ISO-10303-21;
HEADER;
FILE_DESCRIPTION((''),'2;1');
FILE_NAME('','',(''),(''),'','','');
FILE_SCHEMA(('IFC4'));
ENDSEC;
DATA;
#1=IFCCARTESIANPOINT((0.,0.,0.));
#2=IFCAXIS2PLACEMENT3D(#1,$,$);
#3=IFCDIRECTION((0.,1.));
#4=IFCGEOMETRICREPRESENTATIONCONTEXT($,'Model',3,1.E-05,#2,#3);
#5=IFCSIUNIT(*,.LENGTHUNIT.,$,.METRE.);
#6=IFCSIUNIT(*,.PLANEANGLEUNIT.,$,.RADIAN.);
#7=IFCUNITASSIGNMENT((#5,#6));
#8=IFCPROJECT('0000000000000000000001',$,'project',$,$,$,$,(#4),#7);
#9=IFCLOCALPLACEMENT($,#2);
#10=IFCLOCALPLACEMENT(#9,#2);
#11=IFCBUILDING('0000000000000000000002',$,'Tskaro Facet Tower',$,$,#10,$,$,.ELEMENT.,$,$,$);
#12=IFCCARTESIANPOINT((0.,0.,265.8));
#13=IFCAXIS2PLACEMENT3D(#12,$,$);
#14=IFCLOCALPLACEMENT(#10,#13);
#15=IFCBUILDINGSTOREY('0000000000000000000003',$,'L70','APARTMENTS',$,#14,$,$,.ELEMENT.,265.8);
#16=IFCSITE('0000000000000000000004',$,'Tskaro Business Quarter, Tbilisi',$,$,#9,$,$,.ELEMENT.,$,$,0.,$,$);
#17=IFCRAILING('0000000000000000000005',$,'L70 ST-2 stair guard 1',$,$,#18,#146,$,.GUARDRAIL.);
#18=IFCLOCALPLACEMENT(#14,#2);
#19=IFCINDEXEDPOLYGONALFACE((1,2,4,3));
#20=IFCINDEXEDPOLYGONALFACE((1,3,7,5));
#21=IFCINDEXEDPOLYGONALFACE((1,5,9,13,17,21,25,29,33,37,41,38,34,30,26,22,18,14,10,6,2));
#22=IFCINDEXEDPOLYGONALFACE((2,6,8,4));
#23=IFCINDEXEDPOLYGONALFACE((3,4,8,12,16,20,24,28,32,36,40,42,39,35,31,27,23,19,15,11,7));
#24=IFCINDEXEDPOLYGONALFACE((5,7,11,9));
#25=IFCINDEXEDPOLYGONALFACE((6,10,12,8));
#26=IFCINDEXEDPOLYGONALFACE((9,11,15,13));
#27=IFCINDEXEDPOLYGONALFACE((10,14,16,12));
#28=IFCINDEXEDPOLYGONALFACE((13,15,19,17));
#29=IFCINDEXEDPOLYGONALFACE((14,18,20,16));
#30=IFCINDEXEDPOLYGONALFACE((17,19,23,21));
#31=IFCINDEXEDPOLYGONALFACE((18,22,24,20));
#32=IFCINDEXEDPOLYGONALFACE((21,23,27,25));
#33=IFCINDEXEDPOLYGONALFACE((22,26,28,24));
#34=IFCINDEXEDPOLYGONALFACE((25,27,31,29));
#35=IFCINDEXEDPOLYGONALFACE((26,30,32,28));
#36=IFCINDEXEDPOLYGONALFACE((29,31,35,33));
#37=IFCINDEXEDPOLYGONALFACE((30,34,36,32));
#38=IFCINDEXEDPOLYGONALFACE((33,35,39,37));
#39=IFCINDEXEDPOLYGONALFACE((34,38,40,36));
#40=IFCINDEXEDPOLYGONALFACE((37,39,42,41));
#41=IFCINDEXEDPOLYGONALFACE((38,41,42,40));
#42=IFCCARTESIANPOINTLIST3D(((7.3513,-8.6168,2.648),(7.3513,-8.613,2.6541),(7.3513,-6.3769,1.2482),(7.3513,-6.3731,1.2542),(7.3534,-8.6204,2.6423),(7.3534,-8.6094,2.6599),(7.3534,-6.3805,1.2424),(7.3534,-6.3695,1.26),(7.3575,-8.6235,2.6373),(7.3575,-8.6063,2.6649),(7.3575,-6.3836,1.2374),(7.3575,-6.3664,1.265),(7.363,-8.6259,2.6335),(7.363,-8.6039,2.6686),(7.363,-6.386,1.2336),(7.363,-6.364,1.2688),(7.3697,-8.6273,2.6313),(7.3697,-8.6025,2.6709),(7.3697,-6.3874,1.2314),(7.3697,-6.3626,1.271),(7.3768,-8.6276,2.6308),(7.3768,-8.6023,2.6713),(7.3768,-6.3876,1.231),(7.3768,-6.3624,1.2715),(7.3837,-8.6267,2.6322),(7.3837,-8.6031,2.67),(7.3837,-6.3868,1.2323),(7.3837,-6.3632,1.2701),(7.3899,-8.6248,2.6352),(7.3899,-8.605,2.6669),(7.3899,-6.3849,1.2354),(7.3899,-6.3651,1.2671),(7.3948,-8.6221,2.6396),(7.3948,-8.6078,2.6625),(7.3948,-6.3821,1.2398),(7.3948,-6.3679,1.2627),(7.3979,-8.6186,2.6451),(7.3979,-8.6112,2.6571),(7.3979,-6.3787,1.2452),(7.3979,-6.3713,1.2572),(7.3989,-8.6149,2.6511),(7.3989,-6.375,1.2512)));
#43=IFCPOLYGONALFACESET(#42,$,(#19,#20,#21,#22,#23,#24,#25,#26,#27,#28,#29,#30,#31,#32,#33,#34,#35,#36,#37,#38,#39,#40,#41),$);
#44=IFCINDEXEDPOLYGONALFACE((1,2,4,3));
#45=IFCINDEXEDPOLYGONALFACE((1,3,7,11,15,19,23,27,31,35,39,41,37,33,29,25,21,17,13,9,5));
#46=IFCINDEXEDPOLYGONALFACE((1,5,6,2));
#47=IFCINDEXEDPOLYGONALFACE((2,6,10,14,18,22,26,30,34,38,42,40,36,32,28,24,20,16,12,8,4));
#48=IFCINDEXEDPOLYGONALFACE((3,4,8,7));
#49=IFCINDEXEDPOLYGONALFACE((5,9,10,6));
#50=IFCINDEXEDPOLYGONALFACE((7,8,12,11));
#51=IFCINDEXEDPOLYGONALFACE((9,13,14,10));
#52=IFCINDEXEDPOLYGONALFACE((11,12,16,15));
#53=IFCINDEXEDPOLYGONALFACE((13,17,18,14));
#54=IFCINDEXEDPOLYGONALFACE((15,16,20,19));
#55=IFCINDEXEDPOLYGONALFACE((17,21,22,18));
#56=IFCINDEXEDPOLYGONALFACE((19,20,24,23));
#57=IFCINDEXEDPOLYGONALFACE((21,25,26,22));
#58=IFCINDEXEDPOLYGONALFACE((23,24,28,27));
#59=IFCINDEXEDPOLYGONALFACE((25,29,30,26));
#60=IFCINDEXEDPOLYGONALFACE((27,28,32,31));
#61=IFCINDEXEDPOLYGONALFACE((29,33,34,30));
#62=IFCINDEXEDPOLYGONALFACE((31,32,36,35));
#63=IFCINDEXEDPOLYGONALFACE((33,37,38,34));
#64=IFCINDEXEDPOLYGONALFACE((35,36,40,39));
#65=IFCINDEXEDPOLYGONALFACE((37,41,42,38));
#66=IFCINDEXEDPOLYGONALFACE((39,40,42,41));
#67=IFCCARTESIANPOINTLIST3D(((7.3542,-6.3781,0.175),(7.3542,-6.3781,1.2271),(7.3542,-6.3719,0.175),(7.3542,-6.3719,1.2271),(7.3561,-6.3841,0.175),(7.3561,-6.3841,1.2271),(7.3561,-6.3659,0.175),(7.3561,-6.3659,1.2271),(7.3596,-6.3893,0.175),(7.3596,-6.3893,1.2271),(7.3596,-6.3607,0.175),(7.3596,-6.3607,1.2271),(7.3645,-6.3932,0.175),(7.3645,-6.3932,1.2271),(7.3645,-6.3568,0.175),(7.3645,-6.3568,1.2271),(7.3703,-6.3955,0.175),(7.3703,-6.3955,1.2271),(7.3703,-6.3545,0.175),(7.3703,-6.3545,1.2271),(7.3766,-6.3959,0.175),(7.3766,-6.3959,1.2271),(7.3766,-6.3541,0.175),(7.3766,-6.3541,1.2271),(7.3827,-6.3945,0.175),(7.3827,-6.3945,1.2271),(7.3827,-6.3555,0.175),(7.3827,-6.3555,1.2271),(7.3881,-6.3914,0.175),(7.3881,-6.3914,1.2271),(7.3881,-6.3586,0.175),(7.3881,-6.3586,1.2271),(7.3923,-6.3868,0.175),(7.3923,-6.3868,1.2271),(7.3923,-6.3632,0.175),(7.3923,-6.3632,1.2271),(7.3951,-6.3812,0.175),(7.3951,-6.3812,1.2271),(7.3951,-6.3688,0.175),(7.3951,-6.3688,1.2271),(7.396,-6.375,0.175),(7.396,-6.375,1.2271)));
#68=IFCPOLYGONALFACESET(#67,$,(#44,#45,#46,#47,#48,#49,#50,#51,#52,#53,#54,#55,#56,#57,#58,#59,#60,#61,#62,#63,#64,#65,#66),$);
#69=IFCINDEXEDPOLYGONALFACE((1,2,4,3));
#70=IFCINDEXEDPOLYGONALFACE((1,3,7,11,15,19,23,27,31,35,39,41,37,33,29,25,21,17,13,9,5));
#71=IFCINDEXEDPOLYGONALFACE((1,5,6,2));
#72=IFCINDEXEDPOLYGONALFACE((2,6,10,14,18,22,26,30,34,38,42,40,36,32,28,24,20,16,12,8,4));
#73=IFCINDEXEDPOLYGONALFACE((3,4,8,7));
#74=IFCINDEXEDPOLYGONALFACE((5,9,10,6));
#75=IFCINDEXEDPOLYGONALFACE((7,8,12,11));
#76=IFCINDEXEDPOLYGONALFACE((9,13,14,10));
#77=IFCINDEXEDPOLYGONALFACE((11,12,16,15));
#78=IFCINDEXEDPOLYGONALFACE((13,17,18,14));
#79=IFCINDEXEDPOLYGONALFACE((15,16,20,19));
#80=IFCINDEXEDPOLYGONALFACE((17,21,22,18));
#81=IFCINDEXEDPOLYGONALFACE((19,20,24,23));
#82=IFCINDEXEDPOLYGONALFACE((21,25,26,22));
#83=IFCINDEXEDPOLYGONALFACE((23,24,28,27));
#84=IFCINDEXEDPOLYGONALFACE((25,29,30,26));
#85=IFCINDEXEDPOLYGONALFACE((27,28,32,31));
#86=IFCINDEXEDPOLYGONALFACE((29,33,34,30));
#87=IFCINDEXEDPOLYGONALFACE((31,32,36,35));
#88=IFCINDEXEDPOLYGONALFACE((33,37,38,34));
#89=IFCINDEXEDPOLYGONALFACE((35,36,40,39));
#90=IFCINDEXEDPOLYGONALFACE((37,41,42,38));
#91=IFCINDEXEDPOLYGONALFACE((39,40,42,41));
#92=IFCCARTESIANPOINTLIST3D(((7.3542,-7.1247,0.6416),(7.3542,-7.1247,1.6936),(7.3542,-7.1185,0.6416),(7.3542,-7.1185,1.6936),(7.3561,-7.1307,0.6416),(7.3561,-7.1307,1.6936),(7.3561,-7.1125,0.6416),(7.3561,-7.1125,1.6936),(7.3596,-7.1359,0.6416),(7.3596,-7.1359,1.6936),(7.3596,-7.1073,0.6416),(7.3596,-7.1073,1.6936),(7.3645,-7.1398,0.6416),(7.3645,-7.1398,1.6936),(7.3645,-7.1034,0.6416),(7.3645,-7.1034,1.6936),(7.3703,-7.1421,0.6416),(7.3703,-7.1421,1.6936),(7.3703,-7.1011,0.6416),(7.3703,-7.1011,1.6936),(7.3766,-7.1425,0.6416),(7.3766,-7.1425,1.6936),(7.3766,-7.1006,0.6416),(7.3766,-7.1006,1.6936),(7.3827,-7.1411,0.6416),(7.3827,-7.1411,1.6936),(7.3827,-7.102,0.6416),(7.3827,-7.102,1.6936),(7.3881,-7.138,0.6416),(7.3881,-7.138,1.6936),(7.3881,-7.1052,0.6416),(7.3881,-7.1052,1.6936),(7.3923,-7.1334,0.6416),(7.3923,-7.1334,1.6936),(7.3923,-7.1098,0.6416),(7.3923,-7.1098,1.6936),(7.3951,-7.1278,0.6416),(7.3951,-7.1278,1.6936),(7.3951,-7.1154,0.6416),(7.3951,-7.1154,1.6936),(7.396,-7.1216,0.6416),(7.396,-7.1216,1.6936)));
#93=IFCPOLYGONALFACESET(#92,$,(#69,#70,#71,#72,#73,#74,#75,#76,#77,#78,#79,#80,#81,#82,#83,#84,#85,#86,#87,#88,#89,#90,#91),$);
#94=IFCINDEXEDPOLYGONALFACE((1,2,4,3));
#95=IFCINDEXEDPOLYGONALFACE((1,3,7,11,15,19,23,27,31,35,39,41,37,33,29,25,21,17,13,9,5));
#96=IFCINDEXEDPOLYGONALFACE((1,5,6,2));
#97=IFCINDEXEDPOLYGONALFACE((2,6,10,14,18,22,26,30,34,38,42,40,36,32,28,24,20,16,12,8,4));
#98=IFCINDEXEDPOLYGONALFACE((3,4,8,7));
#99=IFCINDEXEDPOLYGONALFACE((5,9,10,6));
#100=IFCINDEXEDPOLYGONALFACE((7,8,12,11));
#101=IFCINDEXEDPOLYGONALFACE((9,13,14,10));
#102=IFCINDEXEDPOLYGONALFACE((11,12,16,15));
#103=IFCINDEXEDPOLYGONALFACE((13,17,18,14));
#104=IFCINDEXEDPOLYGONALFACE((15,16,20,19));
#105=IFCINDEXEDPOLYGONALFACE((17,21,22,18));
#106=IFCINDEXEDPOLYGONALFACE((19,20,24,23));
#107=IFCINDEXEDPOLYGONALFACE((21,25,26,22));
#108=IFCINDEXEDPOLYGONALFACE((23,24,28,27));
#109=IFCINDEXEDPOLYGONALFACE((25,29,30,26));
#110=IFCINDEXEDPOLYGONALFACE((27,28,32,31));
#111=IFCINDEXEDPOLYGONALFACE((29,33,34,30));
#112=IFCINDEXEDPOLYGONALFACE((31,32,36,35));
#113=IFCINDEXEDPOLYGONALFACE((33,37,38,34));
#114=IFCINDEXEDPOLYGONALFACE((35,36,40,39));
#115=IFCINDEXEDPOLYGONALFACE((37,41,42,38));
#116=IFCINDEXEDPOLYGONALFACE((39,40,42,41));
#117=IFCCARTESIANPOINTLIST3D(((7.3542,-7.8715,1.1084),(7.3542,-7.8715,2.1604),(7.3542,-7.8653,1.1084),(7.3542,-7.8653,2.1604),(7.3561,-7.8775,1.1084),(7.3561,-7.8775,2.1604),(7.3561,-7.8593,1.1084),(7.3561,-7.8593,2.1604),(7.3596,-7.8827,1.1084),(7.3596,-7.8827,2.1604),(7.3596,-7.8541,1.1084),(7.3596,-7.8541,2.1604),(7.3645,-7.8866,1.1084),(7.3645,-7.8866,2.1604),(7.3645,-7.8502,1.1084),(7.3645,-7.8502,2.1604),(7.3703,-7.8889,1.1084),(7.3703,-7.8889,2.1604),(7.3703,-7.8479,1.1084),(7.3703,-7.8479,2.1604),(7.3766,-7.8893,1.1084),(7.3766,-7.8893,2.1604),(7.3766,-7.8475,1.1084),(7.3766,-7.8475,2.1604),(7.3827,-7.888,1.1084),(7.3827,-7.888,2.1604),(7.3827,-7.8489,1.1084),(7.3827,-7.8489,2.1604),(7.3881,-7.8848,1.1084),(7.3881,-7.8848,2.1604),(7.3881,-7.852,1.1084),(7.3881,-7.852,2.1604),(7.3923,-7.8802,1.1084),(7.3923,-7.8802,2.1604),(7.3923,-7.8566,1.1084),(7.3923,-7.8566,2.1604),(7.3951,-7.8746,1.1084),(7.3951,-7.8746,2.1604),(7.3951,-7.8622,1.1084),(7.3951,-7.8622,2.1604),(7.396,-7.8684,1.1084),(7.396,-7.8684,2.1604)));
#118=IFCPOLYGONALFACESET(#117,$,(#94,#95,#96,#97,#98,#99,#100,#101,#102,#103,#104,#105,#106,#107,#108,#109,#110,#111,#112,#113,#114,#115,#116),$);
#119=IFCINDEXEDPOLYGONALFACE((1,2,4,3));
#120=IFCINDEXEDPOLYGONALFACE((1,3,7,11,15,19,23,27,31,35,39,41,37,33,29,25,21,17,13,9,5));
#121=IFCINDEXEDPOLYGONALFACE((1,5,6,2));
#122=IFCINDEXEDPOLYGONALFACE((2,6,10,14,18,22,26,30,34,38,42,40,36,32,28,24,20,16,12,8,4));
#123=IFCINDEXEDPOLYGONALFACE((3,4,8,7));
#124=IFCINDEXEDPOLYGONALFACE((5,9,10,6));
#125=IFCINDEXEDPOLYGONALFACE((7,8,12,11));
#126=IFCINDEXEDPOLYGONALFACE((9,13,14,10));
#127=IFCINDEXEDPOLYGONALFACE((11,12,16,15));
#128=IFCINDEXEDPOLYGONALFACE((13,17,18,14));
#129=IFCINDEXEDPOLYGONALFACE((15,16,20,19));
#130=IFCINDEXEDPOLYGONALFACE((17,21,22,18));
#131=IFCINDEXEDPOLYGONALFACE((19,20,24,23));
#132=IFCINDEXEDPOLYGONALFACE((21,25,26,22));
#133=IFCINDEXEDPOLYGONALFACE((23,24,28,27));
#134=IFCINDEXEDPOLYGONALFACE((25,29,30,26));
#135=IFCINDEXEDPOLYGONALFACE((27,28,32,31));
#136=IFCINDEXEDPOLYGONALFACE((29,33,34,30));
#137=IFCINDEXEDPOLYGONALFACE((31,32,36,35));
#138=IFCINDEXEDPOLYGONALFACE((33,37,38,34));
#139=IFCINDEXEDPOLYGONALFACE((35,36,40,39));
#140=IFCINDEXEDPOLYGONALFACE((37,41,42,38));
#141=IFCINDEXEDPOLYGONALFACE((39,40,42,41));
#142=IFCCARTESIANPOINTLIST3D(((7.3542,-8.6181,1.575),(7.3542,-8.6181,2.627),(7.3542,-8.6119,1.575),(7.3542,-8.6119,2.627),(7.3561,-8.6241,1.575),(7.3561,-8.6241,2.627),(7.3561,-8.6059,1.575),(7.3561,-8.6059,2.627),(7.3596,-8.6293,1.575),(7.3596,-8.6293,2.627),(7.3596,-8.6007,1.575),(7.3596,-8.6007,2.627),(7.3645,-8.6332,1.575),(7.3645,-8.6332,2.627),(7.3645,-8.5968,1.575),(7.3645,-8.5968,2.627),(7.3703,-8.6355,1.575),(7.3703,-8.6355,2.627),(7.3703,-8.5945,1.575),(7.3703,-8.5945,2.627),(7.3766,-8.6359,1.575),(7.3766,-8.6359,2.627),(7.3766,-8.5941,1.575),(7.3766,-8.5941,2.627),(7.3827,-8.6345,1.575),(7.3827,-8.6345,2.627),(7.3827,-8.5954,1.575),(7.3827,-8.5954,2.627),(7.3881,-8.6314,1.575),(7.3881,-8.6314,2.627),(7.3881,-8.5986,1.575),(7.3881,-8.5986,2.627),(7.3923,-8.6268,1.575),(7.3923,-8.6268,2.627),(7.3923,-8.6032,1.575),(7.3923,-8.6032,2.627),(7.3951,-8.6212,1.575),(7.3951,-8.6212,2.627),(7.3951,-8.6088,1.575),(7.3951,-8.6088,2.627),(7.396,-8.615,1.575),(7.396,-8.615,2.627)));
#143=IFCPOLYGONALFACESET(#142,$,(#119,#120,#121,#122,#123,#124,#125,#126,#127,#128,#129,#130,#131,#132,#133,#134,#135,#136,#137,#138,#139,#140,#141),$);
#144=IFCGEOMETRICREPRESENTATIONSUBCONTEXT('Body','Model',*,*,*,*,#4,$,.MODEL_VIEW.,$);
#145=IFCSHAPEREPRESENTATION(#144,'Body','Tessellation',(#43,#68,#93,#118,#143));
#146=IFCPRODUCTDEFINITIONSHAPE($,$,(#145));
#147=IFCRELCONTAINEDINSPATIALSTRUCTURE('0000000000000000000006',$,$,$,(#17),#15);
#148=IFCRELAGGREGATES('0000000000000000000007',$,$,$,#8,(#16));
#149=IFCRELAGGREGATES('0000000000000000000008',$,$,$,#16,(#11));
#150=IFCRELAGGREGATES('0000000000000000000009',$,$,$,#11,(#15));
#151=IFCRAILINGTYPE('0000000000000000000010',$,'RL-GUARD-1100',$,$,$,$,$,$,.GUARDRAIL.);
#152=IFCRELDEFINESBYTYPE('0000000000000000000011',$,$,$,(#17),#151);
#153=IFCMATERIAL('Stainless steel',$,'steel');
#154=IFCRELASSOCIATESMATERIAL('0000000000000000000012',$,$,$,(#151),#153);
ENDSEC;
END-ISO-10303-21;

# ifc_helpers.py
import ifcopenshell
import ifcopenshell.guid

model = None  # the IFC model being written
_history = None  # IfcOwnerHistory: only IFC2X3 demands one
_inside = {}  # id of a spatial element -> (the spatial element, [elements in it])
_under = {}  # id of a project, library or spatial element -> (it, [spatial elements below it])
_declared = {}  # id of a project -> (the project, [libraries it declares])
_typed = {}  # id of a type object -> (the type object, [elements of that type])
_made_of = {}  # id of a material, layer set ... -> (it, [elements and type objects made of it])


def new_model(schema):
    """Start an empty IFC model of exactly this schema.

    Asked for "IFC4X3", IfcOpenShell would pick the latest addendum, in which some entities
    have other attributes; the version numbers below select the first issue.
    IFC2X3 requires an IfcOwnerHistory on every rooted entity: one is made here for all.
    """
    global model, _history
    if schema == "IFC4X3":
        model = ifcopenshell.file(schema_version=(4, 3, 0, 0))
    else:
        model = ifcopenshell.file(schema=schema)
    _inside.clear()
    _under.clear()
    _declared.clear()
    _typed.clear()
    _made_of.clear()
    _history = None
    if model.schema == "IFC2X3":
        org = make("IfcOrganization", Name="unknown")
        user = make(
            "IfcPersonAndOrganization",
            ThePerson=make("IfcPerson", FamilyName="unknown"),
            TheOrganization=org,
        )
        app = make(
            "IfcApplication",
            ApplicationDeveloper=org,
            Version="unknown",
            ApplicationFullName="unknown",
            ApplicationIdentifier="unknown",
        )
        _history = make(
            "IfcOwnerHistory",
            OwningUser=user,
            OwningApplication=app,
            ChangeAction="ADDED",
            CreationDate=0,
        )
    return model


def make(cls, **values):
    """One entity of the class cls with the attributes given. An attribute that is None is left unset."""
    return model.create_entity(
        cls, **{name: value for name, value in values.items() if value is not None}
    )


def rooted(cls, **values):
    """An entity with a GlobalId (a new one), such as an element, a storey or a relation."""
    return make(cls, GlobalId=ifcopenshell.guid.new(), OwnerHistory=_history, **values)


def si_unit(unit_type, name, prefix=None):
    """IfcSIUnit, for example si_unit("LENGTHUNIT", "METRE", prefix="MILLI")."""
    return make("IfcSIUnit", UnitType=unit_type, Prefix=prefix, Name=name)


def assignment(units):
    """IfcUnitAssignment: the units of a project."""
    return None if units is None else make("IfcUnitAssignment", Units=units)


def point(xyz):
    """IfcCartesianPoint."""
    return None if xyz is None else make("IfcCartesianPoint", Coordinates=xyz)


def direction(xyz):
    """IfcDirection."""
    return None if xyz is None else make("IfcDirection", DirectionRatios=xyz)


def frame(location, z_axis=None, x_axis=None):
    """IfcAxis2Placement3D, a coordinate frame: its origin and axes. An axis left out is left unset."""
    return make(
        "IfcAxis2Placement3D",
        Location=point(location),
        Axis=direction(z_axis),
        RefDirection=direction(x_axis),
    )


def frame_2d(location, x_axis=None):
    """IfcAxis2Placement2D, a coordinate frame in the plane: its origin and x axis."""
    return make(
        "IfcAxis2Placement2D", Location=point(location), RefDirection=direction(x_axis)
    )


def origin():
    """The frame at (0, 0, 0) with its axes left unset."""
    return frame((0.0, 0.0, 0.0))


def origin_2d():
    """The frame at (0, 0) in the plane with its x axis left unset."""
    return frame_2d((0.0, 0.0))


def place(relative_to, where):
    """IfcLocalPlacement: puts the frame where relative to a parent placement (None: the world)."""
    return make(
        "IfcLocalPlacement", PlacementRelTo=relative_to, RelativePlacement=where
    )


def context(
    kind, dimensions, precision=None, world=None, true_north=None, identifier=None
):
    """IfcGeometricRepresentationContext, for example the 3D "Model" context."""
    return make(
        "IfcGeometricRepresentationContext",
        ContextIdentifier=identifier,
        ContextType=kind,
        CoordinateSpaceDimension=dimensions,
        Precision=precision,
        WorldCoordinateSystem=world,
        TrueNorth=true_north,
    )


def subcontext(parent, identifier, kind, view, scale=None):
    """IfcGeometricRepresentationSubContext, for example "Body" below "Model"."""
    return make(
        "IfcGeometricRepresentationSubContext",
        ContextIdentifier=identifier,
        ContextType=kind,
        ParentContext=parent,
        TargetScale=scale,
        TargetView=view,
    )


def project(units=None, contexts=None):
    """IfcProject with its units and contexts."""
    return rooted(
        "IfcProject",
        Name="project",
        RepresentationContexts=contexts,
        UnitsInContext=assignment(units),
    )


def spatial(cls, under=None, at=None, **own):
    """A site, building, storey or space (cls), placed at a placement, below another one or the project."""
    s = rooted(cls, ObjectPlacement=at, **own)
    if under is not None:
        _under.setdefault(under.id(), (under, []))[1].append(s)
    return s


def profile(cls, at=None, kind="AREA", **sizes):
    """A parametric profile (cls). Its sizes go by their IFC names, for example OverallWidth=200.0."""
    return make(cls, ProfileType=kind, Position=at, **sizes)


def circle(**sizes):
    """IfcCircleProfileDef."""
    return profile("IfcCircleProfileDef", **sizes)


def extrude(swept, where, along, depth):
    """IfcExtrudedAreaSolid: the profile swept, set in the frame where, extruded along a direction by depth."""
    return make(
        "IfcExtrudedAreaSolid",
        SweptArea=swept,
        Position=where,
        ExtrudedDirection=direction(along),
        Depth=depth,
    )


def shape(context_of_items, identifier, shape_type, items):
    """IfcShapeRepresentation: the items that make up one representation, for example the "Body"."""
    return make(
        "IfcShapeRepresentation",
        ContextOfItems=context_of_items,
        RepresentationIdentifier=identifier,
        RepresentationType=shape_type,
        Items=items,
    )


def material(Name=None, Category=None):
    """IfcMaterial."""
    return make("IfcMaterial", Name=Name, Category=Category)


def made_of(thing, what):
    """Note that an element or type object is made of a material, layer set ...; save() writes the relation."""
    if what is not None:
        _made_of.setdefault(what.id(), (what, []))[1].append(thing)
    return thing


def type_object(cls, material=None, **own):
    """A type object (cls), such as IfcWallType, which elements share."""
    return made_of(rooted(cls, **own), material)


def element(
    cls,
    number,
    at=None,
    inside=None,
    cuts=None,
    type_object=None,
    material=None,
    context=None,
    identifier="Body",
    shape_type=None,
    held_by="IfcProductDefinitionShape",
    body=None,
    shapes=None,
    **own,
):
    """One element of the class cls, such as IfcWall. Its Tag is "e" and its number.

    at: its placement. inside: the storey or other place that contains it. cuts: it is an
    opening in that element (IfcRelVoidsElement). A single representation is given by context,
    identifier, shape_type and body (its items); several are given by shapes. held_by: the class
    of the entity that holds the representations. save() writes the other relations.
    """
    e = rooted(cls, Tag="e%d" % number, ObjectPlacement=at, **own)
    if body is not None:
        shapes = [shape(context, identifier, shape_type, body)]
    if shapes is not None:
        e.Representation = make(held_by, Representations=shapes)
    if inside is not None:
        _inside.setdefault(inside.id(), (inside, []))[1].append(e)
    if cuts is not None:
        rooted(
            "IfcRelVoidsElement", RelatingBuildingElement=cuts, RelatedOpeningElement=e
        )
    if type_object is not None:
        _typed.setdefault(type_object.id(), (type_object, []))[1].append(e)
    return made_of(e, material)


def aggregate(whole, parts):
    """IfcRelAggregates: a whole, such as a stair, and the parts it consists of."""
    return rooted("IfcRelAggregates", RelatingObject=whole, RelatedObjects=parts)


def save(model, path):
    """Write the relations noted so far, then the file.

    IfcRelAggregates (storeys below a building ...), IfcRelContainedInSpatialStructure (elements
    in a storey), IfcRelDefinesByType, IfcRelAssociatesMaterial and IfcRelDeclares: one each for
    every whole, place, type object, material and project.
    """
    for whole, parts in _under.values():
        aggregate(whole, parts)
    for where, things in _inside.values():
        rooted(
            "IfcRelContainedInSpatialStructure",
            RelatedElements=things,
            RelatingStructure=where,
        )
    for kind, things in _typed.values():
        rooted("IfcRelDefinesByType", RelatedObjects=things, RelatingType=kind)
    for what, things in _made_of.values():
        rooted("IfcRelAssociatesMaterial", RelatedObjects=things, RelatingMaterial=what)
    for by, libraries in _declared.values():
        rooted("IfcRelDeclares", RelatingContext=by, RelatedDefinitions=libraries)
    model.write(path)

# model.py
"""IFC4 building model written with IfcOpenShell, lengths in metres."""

from ifc_helpers import new_model, si_unit, direction, frame, origin, origin_2d, place, context, subcontext, project, spatial, circle, extrude, material, type_object, element, save


model = new_model("IFC4")

# Units and contexts
model_context = context("Model", 3, precision=1e-05, world=origin(), true_north=direction((0.0, 1.0)))
body_context = subcontext(model_context, "Body", "Model", "MODEL_VIEW")
ifc_project = project(units=[si_unit("LENGTHUNIT", "METRE"), si_unit("PLANEANGLEUNIT", "RADIAN")], contexts=[model_context])

# Site, building, storey
site_placement = place(None, origin())
site = spatial("IfcSite", under=ifc_project, at=site_placement, Name="Tskaro Business Quarter, Tbilisi", CompositionType="ELEMENT", RefElevation=0.0)
building_placement = place(site_placement, origin())
building = spatial("IfcBuilding", under=site, at=building_placement, Name="Tskaro Facet Tower", CompositionType="ELEMENT")
storey_placement = place(building_placement, frame((0.0, 0.0, 265.8)))
storey = spatial("IfcBuildingStorey", under=building, at=storey_placement, Name="L70", Description="APARTMENTS", CompositionType="ELEMENT", Elevation=265.8)

# Railing
ifc_material_1 = material(Name="Stainless steel", Category="steel")
railing_type_1 = type_object("IfcRailingType", Name="RL-GUARD-1100", PredefinedType="GUARDRAIL", material=ifc_material_1)
railing_1_placement = place(storey_placement, frame((7.375, -6.375, 0.175)))
element("IfcRailing", 1, at=railing_1_placement, inside=storey, type_object=railing_type_1, Name="L70 ST-2 stair guard 1", PredefinedType="GUARDRAIL", context=body_context, shape_type="SweptSolid", body=[
    extrude(circle(Radius=0.0239, at=origin_2d()), frame((0.0, 0.0, 1.0762), z_axis=(0.0, -0.848014, 0.529974), x_axis=(1.0, 0.0, 0.0)), (0.0, 0.0, 1.0), 2.6414),
    extrude(circle(Radius=0.021, at=origin_2d()), origin(), (0.0, 0.0, 1.0), 1.052),
    extrude(circle(Radius=0.021, at=origin_2d()), frame((0.0, -0.7466, 0.4666)), (0.0, 0.0, 1.0), 1.052),
    extrude(circle(Radius=0.021, at=origin_2d()), frame((0.0, -1.4934, 0.9333)), (0.0, 0.0, 1.0), 1.052),
    extrude(circle(Radius=0.021, at=origin_2d()), frame((0.0, -2.24, 1.3999)), (0.0, 0.0, 1.0), 1.052),
])

save(model, "model.ifc")
